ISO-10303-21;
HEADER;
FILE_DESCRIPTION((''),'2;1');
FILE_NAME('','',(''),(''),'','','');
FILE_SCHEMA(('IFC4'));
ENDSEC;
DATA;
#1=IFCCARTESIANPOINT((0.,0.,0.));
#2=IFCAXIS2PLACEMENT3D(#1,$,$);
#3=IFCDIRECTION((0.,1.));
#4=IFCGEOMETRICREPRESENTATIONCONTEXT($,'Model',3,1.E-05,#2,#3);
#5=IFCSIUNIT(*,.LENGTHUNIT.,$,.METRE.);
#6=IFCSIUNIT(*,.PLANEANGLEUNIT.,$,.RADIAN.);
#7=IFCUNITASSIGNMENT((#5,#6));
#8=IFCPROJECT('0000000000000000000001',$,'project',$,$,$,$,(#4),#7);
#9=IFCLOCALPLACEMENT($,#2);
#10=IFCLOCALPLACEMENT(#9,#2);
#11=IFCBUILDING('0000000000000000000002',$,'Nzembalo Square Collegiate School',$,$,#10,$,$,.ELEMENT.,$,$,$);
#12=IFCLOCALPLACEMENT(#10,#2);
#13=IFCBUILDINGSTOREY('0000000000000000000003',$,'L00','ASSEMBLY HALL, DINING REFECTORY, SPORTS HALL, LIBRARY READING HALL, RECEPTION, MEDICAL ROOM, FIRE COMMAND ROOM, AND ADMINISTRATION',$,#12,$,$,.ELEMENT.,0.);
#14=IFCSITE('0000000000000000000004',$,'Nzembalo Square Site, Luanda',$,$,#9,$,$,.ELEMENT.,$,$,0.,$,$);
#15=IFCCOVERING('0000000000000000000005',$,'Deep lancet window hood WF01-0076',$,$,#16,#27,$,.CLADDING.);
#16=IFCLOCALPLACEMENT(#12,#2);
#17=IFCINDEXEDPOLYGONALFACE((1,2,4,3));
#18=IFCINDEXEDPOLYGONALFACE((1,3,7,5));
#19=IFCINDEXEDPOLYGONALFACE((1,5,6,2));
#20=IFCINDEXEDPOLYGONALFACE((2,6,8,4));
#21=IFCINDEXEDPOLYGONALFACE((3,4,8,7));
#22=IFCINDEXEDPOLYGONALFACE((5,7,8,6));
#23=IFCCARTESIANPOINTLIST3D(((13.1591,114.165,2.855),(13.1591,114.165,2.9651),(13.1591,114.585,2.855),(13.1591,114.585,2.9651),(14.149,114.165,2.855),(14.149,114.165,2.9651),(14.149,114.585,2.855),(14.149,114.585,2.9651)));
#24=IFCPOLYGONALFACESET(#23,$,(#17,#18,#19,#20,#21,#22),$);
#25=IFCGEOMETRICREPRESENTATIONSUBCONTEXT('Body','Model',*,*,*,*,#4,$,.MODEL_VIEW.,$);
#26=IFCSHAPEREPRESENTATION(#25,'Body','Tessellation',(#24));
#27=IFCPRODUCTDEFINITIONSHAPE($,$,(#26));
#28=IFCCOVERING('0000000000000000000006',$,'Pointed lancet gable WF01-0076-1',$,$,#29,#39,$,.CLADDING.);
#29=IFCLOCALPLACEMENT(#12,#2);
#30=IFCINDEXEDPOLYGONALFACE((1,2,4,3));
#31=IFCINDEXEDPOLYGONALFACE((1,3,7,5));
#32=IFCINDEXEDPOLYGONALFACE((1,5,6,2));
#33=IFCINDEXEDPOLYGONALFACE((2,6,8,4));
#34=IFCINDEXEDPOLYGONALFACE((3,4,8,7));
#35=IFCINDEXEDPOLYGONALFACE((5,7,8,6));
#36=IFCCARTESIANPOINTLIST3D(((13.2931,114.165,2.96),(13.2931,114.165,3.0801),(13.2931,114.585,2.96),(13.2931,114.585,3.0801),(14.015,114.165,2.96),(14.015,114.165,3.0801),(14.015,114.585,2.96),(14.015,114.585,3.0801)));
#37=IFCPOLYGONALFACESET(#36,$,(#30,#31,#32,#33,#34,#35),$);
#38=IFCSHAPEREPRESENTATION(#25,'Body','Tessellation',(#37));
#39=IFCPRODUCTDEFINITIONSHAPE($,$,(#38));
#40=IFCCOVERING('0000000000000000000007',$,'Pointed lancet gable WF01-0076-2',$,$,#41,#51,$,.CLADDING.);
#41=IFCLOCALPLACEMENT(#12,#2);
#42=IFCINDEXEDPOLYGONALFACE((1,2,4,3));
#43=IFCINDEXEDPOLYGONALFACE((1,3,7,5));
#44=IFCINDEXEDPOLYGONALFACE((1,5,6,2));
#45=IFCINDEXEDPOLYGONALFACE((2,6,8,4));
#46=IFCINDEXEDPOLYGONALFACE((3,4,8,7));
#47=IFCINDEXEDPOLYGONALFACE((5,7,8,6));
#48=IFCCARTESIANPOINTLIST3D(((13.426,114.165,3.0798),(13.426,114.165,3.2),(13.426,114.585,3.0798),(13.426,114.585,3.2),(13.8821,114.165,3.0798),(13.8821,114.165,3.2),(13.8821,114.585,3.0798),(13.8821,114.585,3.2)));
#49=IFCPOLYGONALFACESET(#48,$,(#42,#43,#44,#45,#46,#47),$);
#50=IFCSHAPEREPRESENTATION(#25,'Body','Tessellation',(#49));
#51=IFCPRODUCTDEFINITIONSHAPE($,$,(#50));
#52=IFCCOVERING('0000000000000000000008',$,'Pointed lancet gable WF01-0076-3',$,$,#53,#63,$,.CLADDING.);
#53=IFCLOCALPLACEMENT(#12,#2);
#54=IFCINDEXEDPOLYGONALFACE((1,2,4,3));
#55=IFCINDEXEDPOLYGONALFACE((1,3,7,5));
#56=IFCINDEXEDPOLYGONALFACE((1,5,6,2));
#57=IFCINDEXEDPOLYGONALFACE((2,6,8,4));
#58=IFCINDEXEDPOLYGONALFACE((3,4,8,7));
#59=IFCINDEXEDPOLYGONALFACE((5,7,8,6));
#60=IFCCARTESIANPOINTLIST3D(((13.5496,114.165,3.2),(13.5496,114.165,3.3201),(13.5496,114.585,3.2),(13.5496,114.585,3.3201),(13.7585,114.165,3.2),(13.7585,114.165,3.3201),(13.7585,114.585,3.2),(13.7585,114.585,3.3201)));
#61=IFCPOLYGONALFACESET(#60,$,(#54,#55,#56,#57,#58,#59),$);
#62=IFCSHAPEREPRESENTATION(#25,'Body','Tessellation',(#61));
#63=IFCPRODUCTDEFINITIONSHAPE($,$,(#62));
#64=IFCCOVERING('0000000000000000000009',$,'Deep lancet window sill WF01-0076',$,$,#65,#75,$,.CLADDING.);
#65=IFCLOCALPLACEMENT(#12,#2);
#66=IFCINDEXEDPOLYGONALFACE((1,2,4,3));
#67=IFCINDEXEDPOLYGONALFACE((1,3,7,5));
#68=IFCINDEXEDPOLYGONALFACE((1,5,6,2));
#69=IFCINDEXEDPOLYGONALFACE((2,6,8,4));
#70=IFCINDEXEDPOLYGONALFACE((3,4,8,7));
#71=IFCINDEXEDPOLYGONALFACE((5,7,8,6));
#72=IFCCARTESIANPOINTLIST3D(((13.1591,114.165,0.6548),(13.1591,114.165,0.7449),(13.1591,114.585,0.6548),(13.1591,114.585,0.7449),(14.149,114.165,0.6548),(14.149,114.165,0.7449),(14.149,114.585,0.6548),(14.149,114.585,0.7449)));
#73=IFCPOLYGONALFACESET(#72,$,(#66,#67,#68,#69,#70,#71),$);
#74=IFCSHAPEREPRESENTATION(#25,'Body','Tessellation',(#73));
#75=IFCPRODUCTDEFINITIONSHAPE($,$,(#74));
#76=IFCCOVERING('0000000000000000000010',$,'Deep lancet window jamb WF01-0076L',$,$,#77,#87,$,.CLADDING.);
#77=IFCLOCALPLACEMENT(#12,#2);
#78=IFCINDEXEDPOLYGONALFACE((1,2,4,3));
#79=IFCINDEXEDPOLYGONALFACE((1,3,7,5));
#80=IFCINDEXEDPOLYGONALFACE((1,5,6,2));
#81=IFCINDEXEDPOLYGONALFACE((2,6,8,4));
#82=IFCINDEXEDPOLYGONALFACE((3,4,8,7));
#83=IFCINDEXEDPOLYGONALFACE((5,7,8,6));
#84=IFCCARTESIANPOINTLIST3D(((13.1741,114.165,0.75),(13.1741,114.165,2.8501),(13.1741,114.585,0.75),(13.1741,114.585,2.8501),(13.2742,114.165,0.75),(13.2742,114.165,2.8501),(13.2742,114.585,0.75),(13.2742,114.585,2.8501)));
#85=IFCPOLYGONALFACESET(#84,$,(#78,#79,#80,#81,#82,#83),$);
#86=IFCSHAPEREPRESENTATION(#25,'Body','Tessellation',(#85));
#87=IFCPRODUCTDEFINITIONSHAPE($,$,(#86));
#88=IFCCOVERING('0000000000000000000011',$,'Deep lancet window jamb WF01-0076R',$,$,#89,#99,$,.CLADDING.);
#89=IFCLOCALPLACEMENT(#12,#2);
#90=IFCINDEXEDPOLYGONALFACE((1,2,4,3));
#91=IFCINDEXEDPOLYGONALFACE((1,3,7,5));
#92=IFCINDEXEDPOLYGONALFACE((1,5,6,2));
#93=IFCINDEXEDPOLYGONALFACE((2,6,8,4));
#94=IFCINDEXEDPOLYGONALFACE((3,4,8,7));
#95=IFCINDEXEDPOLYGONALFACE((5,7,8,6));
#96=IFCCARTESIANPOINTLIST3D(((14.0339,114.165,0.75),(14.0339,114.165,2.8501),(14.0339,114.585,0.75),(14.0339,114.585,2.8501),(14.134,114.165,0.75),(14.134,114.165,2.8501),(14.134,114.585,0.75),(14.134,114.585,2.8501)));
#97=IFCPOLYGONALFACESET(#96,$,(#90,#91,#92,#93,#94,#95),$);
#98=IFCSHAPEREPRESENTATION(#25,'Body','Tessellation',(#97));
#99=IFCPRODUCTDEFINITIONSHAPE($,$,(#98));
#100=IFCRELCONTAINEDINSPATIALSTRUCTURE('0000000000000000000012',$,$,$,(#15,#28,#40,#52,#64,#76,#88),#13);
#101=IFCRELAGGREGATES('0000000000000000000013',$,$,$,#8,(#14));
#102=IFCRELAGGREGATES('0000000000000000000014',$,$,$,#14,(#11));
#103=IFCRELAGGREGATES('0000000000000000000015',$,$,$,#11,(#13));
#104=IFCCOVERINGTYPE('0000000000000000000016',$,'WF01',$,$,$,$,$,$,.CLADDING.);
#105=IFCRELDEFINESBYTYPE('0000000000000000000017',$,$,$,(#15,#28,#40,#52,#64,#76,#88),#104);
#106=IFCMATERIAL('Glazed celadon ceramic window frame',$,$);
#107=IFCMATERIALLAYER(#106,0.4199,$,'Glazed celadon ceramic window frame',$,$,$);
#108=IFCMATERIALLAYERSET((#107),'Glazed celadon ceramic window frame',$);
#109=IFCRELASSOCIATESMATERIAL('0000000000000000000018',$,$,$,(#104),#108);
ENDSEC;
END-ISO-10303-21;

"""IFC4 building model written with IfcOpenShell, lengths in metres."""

from ifc_helpers import new_model, si_unit, direction, frame, origin, origin_2d, place, context, subcontext, project, spatial, rectangle, extrude, material, layer, layer_set, type_object, element, save


model = new_model("IFC4")

# Units and contexts
model_context = context("Model", 3, precision=1e-05, world=origin(), true_north=direction((0.0, 1.0)))
body_context = subcontext(model_context, "Body", "Model", "MODEL_VIEW")
ifc_project = project(units=[si_unit("LENGTHUNIT", "METRE"), si_unit("PLANEANGLEUNIT", "RADIAN")], contexts=[model_context])

# Site, building, storey
site_placement = place(None, origin())
site = spatial("IfcSite", under=ifc_project, at=site_placement, Name="Nzembalo Square Site, Luanda", CompositionType="ELEMENT", RefElevation=0.0)
building_placement = place(site_placement, origin())
building = spatial("IfcBuilding", under=site, at=building_placement, Name="Nzembalo Square Collegiate School", CompositionType="ELEMENT")
storey_placement = place(building_placement, origin())
storey = spatial("IfcBuildingStorey", under=building, at=storey_placement, Name="L00", Description="ASSEMBLY HALL, DINING REFECTORY, SPORTS HALL, LIBRARY READING HALL, RECEPTION, MEDICAL ROOM, FIRE COMMAND ROOM, AND ADMINISTRATION", CompositionType="ELEMENT", Elevation=0.0)

# Coverings
ifc_material_1 = material(Name="Glazed celadon ceramic window frame")
ifc_layer_1 = layer(ifc_material_1, 0.4199, Name="Glazed celadon ceramic window frame")
ifc_layer_set_1 = layer_set([ifc_layer_1], Name="Glazed celadon ceramic window frame")
covering_type = type_object("IfcCoveringType", Name="WF01", PredefinedType="CLADDING", material=ifc_layer_set_1)
covering_1_placement = place(storey_placement, frame((13.6541, 114.375, 2.855), z_axis=(0.0, 0.0, 1.0), x_axis=(1.0, 0.0, 0.0)))
element("IfcCovering", 1, at=covering_1_placement, inside=storey, type_object=covering_type, Name="Deep lancet window hood WF01-0076", PredefinedType="CLADDING", context=body_context, shape_type="SweptSolid", body=[
    extrude(rectangle(XDim=0.99, YDim=0.4199, at=origin_2d()), origin(), (0.0, 0.0, 1.0), 0.1101),
])
covering_2_placement = place(storey_placement, frame((13.6541, 114.375, 2.96), z_axis=(0.0, 0.0, 1.0), x_axis=(1.0, 0.0, 0.0)))
element("IfcCovering", 2, at=covering_2_placement, inside=storey, type_object=covering_type, Name="Pointed lancet gable WF01-0076-1", PredefinedType="CLADDING", context=body_context, shape_type="SweptSolid", body=[
    extrude(rectangle(XDim=0.7219, YDim=0.4199, at=origin_2d()), origin(), (0.0, 0.0, 1.0), 0.1201),
])
covering_3_placement = place(storey_placement, frame((13.6541, 114.375, 3.0798), z_axis=(0.0, 0.0, 1.0), x_axis=(1.0, 0.0, 0.0)))
element("IfcCovering", 3, at=covering_3_placement, inside=storey, type_object=covering_type, Name="Pointed lancet gable WF01-0076-2", PredefinedType="CLADDING", context=body_context, shape_type="SweptSolid", body=[
    extrude(rectangle(XDim=0.4561, YDim=0.4199, at=origin_2d()), origin(), (0.0, 0.0, 1.0), 0.1201),
])
covering_4_placement = place(storey_placement, frame((13.6541, 114.375, 3.2), z_axis=(0.0, 0.0, 1.0), x_axis=(1.0, 0.0, 0.0)))
element("IfcCovering", 4, at=covering_4_placement, inside=storey, type_object=covering_type, Name="Pointed lancet gable WF01-0076-3", PredefinedType="CLADDING", context=body_context, shape_type="SweptSolid", body=[
    extrude(rectangle(XDim=0.209, YDim=0.4199, at=origin_2d()), origin(), (0.0, 0.0, 1.0), 0.1201),
])
covering_5_placement = place(storey_placement, frame((13.6541, 114.375, 0.6548), z_axis=(0.0, 0.0, 1.0), x_axis=(1.0, 0.0, 0.0)))
element("IfcCovering", 5, at=covering_5_placement, inside=storey, type_object=covering_type, Name="Deep lancet window sill WF01-0076", PredefinedType="CLADDING", context=body_context, shape_type="SweptSolid", body=[
    extrude(rectangle(XDim=0.99, YDim=0.4199, at=origin_2d()), origin(), (0.0, 0.0, 1.0), 0.0901),
])
for number, where, z_axis, x_axis, name in (
    (6, (13.2241, 114.375, 0.75), (0.0, 0.0, 1.0), (1.0, 0.0, 0.0), "Deep lancet window jamb WF01-0076L"),
    (7, (14.084, 114.375, 0.75), (0.0, 0.0, 1.0), (1.0, 0.0, 0.0), "Deep lancet window jamb WF01-0076R"),
):
    element("IfcCovering", number, at=place(storey_placement, frame(where, z_axis=z_axis, x_axis=x_axis)), inside=storey, type_object=covering_type, Name=name, PredefinedType="CLADDING", context=body_context, shape_type="SweptSolid", body=[
        extrude(rectangle(XDim=0.1001, YDim=0.4199, at=origin_2d()), origin(), (0.0, 0.0, 1.0), 2.1001),
    ])

save(model, "model.ifc")
